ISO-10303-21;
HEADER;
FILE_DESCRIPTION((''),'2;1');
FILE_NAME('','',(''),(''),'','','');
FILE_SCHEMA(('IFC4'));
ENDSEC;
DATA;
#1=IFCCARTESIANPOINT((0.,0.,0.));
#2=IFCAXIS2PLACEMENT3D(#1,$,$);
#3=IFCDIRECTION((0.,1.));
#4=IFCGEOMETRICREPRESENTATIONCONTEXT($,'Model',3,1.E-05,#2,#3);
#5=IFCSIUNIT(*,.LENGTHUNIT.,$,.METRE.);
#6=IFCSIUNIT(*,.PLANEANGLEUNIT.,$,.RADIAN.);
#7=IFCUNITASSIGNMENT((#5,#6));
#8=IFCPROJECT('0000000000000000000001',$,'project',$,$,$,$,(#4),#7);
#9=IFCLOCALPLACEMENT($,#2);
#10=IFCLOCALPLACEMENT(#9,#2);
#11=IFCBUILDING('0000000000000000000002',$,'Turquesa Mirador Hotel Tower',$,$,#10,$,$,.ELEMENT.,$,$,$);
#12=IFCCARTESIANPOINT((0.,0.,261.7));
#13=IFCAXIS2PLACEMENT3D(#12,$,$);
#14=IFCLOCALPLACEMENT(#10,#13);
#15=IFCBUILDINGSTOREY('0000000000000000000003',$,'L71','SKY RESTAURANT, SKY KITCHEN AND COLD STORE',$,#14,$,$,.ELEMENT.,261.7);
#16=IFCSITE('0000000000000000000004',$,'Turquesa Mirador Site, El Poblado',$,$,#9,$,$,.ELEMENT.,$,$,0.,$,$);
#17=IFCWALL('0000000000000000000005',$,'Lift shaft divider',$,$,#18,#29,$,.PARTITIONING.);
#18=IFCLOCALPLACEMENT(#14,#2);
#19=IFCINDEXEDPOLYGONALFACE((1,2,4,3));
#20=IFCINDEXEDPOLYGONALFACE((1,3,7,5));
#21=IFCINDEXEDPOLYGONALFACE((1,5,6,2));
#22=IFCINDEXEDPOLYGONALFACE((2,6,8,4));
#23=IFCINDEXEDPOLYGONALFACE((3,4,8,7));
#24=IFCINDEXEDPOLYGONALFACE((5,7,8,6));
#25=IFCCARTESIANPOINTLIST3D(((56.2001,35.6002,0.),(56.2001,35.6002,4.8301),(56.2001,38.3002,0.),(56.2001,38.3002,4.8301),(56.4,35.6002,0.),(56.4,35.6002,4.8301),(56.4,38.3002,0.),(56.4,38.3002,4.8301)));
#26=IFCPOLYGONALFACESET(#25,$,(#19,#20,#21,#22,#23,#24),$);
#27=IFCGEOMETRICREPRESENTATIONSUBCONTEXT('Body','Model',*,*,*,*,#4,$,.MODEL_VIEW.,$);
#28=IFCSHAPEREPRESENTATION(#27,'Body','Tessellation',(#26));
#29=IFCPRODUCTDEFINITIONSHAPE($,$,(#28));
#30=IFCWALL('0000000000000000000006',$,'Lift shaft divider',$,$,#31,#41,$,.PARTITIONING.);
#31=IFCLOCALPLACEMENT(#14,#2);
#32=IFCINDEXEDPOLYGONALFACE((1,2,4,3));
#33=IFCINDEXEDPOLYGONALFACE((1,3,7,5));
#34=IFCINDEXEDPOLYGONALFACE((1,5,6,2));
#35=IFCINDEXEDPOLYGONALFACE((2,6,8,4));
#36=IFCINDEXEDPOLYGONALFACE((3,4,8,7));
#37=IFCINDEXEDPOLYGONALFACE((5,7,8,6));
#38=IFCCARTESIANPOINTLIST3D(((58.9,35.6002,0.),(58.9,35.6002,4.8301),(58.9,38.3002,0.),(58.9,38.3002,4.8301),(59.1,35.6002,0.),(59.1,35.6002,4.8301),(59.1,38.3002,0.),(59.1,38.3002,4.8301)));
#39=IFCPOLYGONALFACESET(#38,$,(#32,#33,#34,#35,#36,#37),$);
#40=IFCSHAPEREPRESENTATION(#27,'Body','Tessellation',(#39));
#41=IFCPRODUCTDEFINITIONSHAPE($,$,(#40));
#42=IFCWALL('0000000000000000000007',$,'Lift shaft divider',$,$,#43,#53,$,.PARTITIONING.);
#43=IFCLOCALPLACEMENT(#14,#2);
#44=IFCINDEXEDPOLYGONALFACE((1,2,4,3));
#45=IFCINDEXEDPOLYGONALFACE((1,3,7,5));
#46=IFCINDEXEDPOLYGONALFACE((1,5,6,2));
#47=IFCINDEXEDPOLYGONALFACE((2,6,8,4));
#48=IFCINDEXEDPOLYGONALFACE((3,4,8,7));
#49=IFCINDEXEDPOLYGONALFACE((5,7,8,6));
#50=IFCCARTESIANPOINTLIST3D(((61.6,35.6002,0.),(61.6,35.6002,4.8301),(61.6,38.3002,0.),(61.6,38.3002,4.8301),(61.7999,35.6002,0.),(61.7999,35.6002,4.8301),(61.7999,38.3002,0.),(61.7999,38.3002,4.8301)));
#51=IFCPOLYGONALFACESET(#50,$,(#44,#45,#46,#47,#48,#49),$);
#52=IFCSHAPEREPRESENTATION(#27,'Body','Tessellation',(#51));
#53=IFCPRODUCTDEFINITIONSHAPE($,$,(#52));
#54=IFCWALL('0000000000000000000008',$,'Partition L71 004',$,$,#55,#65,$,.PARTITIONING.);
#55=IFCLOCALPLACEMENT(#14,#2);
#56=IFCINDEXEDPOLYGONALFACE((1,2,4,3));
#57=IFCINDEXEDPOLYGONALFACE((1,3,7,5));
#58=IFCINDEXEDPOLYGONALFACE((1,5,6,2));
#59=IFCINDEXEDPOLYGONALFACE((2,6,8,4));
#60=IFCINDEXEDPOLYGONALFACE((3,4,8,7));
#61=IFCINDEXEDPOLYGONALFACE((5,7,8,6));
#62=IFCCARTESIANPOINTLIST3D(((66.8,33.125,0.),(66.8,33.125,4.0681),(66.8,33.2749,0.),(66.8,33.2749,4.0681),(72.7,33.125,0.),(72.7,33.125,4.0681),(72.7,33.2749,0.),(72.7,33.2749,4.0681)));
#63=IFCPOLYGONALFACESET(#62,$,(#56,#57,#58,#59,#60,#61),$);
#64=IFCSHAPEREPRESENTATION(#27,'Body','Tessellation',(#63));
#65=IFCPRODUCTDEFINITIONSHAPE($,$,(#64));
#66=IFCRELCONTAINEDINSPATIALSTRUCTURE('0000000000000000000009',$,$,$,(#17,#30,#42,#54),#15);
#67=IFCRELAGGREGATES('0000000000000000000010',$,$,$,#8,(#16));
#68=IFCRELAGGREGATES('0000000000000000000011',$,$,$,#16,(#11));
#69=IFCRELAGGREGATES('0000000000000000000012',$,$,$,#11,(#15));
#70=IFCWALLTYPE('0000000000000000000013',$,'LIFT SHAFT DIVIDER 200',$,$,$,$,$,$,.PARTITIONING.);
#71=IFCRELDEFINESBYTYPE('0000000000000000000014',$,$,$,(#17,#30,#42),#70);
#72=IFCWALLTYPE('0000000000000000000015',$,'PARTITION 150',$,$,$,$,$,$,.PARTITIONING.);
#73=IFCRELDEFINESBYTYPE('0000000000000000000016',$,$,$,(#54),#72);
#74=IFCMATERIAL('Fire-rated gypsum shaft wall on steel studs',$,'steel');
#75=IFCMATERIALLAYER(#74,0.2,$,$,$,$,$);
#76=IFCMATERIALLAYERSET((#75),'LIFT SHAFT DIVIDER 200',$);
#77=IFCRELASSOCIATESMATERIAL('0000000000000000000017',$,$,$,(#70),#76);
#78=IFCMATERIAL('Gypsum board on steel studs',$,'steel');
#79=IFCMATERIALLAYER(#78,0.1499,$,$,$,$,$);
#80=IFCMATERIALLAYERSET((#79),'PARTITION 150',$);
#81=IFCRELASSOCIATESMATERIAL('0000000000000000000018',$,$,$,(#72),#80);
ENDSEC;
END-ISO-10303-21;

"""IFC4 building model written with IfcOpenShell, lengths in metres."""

from ifc_helpers import new_model, si_unit, direction, frame, frame_2d, origin, place, context, subcontext, project, spatial, rectangle, extrude, material, layer, layer_set, type_object, element, save


model = new_model("IFC4")

# Units and contexts
model_context = context("Model", 3, precision=1e-05, world=origin(), true_north=direction((0.0, 1.0)))
body_context = subcontext(model_context, "Body", "Model", "MODEL_VIEW")
ifc_project = project(units=[si_unit("LENGTHUNIT", "METRE"), si_unit("PLANEANGLEUNIT", "RADIAN")], contexts=[model_context])

# Site, building, storey
site_placement = place(None, origin())
site = spatial("IfcSite", under=ifc_project, at=site_placement, Name="Turquesa Mirador Site, El Poblado", CompositionType="ELEMENT", RefElevation=0.0)
building_placement = place(site_placement, origin())
building = spatial("IfcBuilding", under=site, at=building_placement, Name="Turquesa Mirador Hotel Tower", CompositionType="ELEMENT")
storey_placement = place(building_placement, frame((0.0, 0.0, 261.7)))
storey = spatial("IfcBuildingStorey", under=building, at=storey_placement, Name="L71", Description="SKY RESTAURANT, SKY KITCHEN AND COLD STORE", CompositionType="ELEMENT", Elevation=261.7)

# Walls
ifc_material_1 = material(Name="Fire-rated gypsum shaft wall on steel studs", Category="steel")
ifc_layer_1 = layer(ifc_material_1, 0.2)
ifc_layer_set_1 = layer_set([ifc_layer_1], Name="LIFT SHAFT DIVIDER 200")
wall_type_1 = type_object("IfcWallType", Name="LIFT SHAFT DIVIDER 200", PredefinedType="PARTITIONING", material=ifc_layer_set_1)
for number, where, z_axis, x_axis, name in (
    (1, (56.3, 35.6001, 0.0), (0.0, 0.0, 1.0), (0.0, 1.0, 0.0), "Lift shaft divider"),
    (2, (59.0, 35.6001, 0.0), (0.0, 0.0, 1.0), (0.0, 1.0, 0.0), "Lift shaft divider"),
    (3, (61.7, 35.6001, 0.0), (0.0, 0.0, 1.0), (0.0, 1.0, 0.0), "Lift shaft divider"),
):
    element("IfcWall", number, at=place(storey_placement, frame(where, z_axis=z_axis, x_axis=x_axis)), inside=storey, type_object=wall_type_1, Name=name, PredefinedType="PARTITIONING", context=body_context, shape_type="SweptSolid", body=[
        extrude(rectangle(XDim=2.7, YDim=0.2, at=frame_2d((1.3501, 0.0))), origin(), (0.0, 0.0, 1.0), 4.8301),
    ])
ifc_material_2 = material(Name="Gypsum board on steel studs", Category="steel")
ifc_layer_2 = layer(ifc_material_2, 0.1499)
ifc_layer_set_2 = layer_set([ifc_layer_2], Name="PARTITION 150")
wall_type_2 = type_object("IfcWallType", Name="PARTITION 150", PredefinedType="PARTITIONING", material=ifc_layer_set_2)
wall_1_placement = place(storey_placement, frame((66.8, 33.2, 0.0), z_axis=(0.0, 0.0, 1.0), x_axis=(1.0, 0.0, 0.0)))
element("IfcWall", 4, at=wall_1_placement, inside=storey, type_object=wall_type_2, Name="Partition L71 004", PredefinedType="PARTITIONING", context=body_context, shape_type="SweptSolid", body=[
    extrude(rectangle(XDim=5.8999, YDim=0.1499, at=frame_2d((2.95, 0.0))), origin(), (0.0, 0.0, 1.0), 4.0681),
])

save(model, "model.ifc")
